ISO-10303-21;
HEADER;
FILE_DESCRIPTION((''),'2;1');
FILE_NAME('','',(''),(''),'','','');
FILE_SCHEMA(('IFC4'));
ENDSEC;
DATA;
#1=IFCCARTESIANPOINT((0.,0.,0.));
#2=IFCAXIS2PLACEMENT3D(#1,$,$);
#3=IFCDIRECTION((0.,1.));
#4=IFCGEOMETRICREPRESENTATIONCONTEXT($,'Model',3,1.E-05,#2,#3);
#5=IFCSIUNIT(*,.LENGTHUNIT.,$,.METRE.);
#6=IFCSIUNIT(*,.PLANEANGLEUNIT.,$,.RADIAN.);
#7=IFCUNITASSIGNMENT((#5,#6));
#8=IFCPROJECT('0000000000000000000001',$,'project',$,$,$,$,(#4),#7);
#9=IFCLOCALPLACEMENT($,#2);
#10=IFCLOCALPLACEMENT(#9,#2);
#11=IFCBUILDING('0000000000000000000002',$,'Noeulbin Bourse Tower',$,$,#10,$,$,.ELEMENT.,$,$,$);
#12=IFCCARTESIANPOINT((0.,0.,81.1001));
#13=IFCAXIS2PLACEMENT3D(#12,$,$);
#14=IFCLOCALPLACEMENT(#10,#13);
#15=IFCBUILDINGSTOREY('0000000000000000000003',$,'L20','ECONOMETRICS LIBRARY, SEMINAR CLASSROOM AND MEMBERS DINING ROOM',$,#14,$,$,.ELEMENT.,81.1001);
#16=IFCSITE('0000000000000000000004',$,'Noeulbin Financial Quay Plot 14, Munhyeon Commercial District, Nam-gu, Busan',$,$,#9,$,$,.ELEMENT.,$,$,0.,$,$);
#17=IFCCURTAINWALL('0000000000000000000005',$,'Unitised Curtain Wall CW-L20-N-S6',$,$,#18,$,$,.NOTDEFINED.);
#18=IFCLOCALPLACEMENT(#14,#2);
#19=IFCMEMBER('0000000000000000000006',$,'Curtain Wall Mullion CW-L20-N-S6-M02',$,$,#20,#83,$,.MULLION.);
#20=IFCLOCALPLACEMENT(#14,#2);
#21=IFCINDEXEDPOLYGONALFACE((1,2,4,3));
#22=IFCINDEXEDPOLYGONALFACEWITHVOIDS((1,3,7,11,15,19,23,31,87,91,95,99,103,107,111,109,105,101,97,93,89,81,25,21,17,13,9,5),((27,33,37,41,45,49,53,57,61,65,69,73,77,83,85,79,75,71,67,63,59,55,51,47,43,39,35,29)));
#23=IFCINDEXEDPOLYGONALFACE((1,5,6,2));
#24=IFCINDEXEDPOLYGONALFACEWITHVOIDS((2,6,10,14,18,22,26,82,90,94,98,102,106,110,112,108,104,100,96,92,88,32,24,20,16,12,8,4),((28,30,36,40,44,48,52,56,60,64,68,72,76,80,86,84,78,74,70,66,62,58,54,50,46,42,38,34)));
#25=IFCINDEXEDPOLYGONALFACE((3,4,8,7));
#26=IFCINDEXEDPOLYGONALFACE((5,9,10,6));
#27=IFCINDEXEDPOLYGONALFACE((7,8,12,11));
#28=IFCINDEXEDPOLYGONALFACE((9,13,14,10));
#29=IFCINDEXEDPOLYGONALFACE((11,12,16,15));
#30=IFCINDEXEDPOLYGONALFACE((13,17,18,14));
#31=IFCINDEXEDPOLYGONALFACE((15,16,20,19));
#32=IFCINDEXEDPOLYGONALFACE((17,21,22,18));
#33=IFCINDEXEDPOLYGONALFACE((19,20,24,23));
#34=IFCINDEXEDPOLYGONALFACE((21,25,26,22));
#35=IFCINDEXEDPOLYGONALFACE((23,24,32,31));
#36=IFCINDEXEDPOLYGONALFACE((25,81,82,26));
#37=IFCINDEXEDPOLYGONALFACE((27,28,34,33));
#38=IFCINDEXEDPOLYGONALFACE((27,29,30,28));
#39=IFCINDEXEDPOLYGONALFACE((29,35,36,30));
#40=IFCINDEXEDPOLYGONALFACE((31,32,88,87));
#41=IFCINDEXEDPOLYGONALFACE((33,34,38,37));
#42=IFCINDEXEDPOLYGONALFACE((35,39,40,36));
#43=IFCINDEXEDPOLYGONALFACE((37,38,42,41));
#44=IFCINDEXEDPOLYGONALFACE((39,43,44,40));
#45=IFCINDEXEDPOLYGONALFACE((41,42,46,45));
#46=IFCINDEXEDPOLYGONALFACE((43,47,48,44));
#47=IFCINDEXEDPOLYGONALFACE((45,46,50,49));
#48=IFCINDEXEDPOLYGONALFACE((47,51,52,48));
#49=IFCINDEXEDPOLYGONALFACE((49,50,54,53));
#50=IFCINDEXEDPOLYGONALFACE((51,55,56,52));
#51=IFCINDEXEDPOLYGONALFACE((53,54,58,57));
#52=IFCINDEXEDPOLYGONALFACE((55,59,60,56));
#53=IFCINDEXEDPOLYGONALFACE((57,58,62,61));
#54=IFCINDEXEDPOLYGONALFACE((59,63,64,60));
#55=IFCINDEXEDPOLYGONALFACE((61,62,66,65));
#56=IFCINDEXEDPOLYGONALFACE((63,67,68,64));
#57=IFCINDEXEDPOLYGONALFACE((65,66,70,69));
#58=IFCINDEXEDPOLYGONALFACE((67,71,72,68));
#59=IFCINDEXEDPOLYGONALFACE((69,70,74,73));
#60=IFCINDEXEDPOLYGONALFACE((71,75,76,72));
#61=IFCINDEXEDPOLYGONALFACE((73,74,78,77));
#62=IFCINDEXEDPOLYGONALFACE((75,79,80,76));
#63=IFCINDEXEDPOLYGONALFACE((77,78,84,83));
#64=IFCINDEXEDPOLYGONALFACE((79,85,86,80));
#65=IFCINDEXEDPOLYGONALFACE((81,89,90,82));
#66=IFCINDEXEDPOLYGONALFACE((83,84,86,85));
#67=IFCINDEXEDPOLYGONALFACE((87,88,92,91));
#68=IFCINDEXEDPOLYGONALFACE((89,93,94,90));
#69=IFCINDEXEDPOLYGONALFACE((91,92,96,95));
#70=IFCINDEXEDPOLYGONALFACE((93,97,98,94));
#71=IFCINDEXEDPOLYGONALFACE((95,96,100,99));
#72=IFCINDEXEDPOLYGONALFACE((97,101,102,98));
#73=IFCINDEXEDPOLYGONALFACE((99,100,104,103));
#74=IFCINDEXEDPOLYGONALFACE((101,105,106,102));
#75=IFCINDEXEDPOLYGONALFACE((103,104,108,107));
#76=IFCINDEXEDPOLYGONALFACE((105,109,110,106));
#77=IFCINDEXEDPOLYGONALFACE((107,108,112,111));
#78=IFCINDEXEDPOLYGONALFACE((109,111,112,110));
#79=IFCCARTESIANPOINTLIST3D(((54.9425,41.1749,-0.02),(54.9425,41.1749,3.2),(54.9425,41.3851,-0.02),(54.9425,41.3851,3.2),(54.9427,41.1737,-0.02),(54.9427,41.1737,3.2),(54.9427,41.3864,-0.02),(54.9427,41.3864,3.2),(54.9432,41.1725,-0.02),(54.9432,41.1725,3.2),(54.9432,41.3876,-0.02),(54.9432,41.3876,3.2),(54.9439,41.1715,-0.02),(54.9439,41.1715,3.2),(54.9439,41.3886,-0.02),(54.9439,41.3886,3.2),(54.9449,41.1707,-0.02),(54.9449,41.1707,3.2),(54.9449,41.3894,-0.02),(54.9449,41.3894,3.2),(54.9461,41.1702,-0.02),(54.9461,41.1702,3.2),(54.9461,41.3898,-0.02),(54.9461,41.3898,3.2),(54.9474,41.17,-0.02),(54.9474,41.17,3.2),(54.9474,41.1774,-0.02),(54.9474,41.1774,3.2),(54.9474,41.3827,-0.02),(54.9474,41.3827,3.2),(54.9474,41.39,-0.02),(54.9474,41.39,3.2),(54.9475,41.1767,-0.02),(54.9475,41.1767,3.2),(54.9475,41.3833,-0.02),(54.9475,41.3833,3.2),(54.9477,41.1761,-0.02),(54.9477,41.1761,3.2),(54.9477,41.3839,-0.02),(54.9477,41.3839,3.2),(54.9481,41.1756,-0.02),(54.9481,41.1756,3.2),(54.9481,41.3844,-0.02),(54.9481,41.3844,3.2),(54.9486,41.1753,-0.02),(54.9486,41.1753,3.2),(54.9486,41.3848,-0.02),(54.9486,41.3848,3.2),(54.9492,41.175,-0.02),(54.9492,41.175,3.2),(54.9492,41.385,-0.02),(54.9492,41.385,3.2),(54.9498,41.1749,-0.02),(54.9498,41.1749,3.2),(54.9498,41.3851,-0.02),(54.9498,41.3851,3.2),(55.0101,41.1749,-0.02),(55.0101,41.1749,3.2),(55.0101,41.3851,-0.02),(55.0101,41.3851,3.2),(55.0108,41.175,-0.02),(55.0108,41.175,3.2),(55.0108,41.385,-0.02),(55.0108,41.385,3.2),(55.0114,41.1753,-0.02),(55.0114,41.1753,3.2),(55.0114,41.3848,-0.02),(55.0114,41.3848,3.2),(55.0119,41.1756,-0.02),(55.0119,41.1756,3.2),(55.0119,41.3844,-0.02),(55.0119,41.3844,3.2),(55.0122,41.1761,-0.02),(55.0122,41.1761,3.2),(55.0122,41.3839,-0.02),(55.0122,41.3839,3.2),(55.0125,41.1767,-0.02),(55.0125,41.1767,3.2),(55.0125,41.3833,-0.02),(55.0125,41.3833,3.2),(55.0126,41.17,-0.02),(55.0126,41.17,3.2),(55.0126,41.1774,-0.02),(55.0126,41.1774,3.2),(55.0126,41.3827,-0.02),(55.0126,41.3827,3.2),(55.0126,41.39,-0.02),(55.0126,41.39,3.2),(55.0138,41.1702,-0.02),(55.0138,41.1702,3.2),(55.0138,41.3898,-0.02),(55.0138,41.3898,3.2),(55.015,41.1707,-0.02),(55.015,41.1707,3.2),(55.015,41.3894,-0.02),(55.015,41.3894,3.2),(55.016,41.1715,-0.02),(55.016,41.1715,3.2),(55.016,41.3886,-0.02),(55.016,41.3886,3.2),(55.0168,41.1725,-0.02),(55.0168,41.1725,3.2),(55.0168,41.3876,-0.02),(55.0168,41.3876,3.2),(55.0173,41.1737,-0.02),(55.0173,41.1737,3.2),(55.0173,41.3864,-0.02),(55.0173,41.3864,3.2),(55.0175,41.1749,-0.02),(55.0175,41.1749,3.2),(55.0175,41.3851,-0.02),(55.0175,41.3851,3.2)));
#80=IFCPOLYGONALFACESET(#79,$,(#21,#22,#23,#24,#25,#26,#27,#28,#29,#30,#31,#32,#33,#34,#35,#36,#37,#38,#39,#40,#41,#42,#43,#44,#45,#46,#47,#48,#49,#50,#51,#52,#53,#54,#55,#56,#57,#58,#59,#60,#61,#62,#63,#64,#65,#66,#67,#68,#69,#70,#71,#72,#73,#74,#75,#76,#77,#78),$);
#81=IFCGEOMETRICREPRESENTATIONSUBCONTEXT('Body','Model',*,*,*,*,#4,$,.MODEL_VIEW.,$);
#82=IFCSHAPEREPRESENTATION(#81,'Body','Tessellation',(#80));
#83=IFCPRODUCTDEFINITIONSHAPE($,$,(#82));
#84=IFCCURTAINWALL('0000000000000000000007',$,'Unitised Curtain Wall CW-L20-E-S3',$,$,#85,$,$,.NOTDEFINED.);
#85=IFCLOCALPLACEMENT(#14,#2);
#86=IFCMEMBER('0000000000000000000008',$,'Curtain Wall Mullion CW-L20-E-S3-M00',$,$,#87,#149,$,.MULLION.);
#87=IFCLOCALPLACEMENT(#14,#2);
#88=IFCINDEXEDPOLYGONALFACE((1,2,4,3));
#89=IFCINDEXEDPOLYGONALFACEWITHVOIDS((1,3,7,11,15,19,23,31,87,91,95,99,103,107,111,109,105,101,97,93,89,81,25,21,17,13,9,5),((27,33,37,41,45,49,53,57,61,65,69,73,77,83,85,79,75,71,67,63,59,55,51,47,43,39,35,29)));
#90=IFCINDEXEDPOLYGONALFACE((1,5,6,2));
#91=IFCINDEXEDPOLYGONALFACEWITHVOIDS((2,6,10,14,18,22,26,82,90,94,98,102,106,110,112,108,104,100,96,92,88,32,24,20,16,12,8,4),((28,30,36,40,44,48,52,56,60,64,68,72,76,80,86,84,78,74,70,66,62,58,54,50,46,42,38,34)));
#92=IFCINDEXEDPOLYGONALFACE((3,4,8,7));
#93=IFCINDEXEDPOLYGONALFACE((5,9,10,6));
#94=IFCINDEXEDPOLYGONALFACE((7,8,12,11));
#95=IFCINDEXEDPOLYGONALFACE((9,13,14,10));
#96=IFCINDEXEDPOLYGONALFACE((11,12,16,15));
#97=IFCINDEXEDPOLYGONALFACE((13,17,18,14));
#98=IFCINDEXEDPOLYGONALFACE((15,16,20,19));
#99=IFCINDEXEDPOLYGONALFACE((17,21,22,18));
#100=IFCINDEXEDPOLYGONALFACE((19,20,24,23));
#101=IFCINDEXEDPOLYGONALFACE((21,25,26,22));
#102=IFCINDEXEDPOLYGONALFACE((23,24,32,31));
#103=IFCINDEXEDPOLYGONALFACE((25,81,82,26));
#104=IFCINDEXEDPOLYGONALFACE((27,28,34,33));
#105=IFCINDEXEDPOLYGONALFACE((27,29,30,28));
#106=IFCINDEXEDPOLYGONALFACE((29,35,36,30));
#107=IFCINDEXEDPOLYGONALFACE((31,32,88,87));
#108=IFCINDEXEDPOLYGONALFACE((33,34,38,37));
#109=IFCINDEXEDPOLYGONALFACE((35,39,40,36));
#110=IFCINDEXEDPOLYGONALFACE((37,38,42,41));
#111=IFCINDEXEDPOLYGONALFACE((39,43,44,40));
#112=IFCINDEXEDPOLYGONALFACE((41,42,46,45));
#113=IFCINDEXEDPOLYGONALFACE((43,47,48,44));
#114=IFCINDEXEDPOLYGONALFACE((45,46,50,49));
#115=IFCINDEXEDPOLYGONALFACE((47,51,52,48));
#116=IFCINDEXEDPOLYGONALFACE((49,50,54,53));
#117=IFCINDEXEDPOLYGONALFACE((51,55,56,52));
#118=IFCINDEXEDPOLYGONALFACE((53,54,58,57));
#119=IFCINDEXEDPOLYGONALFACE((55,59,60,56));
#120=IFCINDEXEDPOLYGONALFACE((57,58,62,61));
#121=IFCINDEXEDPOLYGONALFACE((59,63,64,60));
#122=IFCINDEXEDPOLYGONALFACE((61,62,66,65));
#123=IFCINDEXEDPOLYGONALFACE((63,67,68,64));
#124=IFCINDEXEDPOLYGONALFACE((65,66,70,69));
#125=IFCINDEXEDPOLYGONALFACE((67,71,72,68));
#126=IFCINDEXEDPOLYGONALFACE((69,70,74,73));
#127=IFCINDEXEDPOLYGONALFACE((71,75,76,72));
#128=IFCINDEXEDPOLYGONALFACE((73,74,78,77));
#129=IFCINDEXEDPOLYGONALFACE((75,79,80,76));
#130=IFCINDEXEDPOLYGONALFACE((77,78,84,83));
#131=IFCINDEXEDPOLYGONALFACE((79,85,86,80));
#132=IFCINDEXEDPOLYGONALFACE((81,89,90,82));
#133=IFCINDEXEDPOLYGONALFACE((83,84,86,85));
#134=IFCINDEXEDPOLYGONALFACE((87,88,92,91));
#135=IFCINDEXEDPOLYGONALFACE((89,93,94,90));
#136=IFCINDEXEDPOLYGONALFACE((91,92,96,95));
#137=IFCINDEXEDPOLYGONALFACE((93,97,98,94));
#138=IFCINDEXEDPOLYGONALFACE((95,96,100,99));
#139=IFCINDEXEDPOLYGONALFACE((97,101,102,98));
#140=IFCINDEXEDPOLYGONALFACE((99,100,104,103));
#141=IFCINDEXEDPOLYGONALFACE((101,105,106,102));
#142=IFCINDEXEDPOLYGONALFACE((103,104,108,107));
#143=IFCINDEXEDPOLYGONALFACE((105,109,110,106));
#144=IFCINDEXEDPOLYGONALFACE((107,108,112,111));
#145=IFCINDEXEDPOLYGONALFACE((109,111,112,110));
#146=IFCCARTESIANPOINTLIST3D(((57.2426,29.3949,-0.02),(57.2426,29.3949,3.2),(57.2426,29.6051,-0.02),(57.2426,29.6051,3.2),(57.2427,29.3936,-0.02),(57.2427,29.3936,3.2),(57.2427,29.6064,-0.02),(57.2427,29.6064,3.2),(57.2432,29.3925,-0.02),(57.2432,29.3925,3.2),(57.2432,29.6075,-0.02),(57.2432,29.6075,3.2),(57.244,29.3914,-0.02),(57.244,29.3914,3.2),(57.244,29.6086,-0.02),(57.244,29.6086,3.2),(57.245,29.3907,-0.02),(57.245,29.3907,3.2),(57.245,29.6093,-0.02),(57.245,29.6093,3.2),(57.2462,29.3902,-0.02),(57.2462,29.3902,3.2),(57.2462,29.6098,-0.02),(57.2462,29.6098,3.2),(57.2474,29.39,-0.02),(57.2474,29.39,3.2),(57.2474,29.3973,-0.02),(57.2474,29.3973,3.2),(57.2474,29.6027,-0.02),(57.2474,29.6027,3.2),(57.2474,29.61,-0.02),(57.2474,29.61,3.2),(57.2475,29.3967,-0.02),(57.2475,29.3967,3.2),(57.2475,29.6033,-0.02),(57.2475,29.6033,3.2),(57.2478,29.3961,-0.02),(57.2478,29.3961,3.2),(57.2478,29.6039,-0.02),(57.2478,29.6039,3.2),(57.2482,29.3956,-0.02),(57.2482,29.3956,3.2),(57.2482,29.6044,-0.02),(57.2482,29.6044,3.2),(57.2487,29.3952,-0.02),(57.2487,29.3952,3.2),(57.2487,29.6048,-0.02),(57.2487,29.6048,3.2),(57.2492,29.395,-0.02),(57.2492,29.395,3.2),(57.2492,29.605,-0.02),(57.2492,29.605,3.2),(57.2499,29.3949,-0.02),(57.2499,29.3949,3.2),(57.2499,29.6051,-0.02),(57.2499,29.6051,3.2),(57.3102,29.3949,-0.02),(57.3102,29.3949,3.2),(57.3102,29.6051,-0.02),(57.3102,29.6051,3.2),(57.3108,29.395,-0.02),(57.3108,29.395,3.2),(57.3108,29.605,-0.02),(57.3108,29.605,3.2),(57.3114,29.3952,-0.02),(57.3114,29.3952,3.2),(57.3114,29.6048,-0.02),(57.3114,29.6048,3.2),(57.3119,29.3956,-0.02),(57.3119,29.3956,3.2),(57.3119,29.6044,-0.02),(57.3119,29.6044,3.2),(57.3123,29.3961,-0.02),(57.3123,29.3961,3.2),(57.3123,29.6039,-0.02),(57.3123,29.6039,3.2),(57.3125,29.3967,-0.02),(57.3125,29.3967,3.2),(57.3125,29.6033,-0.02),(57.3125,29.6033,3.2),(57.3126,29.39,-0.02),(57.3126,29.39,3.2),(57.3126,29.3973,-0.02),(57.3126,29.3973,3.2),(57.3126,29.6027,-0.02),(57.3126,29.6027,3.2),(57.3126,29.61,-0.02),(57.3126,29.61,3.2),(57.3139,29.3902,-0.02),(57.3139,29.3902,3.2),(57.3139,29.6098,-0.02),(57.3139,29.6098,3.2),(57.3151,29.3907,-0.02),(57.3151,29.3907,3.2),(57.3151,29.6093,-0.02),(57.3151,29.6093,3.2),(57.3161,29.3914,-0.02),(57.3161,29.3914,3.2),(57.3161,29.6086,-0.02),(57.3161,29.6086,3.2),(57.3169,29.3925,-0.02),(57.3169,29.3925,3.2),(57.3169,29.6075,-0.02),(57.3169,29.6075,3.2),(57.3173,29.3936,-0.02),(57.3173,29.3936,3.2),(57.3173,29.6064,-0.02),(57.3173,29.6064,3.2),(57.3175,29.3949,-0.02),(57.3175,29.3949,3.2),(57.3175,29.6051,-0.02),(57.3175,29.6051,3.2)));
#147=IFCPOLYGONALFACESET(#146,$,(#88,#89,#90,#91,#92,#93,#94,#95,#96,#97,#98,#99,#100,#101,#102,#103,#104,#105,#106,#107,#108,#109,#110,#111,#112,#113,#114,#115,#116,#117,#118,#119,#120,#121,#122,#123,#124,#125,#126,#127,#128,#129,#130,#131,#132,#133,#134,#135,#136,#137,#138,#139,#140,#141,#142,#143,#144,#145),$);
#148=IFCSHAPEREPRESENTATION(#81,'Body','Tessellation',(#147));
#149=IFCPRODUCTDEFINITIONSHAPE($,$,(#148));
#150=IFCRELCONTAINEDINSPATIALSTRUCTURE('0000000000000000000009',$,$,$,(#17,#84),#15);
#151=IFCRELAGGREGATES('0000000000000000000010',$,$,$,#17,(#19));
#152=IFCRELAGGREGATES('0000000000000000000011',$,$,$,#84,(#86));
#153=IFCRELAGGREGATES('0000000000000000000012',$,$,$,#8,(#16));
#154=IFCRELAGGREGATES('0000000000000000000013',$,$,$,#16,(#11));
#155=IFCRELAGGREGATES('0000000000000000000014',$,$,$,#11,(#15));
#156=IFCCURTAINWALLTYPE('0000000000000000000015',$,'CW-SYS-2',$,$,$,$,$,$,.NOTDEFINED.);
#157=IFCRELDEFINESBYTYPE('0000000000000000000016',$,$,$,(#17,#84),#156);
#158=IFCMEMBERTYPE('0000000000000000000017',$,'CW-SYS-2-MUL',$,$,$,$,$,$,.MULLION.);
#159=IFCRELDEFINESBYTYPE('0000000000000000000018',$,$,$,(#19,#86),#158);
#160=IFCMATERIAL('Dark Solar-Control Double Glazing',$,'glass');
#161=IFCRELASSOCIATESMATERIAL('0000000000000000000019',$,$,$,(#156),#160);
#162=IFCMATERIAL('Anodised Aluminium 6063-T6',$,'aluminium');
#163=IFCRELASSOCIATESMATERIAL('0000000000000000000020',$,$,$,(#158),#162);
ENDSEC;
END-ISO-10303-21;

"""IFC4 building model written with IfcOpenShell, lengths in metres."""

from ifc_helpers import new_model, si_unit, direction, frame, origin, origin_2d, place, context, subcontext, project, spatial, hollow_rectangle, extrude, material, material_profile, profile_set, type_object, element, aggregate, save


model = new_model("IFC4")

# Units and contexts
model_context = context("Model", 3, precision=1e-05, world=origin(), true_north=direction((0.0, 1.0)))
body_context = subcontext(model_context, "Body", "Model", "MODEL_VIEW")
ifc_project = project(units=[si_unit("LENGTHUNIT", "METRE"), si_unit("PLANEANGLEUNIT", "RADIAN")], contexts=[model_context])

# Site, building, storey
site_placement = place(None, origin())
site = spatial("IfcSite", under=ifc_project, at=site_placement, Name="Noeulbin Financial Quay Plot 14, Munhyeon Commercial District, Nam-gu, Busan", CompositionType="ELEMENT", RefElevation=0.0)
building_placement = place(site_placement, origin())
building = spatial("IfcBuilding", under=site, at=building_placement, Name="Noeulbin Bourse Tower", CompositionType="ELEMENT")
storey_placement = place(building_placement, frame((0.0, 0.0, 81.1001)))
storey = spatial("IfcBuildingStorey", under=building, at=storey_placement, Name="L20", Description="ECONOMETRICS LIBRARY, SEMINAR CLASSROOM AND MEMBERS DINING ROOM", CompositionType="ELEMENT", Elevation=81.1001)

# Curtain walls, members
ifc_material_1 = material(Name="Dark Solar-Control Double Glazing", Category="glass")
curtain_wall_type = type_object("IfcCurtainWallType", Name="CW-SYS-2", PredefinedType="NOTDEFINED", material=ifc_material_1)
curtain_wall_1_placement = place(storey_placement, origin())
curtain_wall_1 = element("IfcCurtainWall", 1, at=curtain_wall_1_placement, inside=storey, type_object=curtain_wall_type, Name="Unitised Curtain Wall CW-L20-N-S6", PredefinedType="NOTDEFINED")
ifc_material_2 = material(Name="Anodised Aluminium 6063-T6", Category="aluminium")
ifc_material_profile_1 = material_profile(ifc_material_2, hollow_rectangle(XDim=0.075, YDim=0.22, WallThickness=0.0049, InnerFilletRadius=0.0024, OuterFilletRadius=0.0049, at=origin_2d()), Name="ALU-MULL-75x220x5", Category="LoadBearing")
ifc_profile_set_1 = profile_set([ifc_material_profile_1], Name="Anodised Aluminium 6063-T6")
member_type_1 = type_object("IfcMemberType", Name="CW-SYS-2-MUL", PredefinedType="MULLION", material=ifc_profile_set_1)
member_1_placement = place(storey_placement, frame((54.98, 41.28, -0.02), z_axis=(0.0, 0.0, 1.0), x_axis=(1.0, 0.0, 0.0)))
member_1 = element("IfcMember", 2, at=member_1_placement, type_object=member_type_1, Name="Curtain Wall Mullion CW-L20-N-S6-M02", PredefinedType="MULLION", context=body_context, shape_type="SweptSolid", body=[
    extrude(hollow_rectangle(XDim=0.075, YDim=0.22, WallThickness=0.0049, InnerFilletRadius=0.0024, OuterFilletRadius=0.0049, at=origin_2d()), origin(), (0.0, 0.0, 1.0), 3.22),
])
curtain_wall_2_placement = place(storey_placement, origin())
curtain_wall_2 = element("IfcCurtainWall", 3, at=curtain_wall_2_placement, inside=storey, type_object=curtain_wall_type, Name="Unitised Curtain Wall CW-L20-E-S3", PredefinedType="NOTDEFINED")
member_2_placement = place(storey_placement, frame((57.28, 29.5, -0.02), z_axis=(0.0, 0.0, 1.0), x_axis=(1.0, 0.0, 0.0)))
member_2 = element("IfcMember", 4, at=member_2_placement, type_object=member_type_1, Name="Curtain Wall Mullion CW-L20-E-S3-M00", PredefinedType="MULLION", context=body_context, shape_type="SweptSolid", body=[
    extrude(hollow_rectangle(XDim=0.075, YDim=0.22, WallThickness=0.0049, InnerFilletRadius=0.0024, OuterFilletRadius=0.0049, at=origin_2d()), origin(), (0.0, 0.0, 1.0), 3.22),
])

aggregate(curtain_wall_1, [member_1])
aggregate(curtain_wall_2, [member_2])

save(model, "model.ifc")
